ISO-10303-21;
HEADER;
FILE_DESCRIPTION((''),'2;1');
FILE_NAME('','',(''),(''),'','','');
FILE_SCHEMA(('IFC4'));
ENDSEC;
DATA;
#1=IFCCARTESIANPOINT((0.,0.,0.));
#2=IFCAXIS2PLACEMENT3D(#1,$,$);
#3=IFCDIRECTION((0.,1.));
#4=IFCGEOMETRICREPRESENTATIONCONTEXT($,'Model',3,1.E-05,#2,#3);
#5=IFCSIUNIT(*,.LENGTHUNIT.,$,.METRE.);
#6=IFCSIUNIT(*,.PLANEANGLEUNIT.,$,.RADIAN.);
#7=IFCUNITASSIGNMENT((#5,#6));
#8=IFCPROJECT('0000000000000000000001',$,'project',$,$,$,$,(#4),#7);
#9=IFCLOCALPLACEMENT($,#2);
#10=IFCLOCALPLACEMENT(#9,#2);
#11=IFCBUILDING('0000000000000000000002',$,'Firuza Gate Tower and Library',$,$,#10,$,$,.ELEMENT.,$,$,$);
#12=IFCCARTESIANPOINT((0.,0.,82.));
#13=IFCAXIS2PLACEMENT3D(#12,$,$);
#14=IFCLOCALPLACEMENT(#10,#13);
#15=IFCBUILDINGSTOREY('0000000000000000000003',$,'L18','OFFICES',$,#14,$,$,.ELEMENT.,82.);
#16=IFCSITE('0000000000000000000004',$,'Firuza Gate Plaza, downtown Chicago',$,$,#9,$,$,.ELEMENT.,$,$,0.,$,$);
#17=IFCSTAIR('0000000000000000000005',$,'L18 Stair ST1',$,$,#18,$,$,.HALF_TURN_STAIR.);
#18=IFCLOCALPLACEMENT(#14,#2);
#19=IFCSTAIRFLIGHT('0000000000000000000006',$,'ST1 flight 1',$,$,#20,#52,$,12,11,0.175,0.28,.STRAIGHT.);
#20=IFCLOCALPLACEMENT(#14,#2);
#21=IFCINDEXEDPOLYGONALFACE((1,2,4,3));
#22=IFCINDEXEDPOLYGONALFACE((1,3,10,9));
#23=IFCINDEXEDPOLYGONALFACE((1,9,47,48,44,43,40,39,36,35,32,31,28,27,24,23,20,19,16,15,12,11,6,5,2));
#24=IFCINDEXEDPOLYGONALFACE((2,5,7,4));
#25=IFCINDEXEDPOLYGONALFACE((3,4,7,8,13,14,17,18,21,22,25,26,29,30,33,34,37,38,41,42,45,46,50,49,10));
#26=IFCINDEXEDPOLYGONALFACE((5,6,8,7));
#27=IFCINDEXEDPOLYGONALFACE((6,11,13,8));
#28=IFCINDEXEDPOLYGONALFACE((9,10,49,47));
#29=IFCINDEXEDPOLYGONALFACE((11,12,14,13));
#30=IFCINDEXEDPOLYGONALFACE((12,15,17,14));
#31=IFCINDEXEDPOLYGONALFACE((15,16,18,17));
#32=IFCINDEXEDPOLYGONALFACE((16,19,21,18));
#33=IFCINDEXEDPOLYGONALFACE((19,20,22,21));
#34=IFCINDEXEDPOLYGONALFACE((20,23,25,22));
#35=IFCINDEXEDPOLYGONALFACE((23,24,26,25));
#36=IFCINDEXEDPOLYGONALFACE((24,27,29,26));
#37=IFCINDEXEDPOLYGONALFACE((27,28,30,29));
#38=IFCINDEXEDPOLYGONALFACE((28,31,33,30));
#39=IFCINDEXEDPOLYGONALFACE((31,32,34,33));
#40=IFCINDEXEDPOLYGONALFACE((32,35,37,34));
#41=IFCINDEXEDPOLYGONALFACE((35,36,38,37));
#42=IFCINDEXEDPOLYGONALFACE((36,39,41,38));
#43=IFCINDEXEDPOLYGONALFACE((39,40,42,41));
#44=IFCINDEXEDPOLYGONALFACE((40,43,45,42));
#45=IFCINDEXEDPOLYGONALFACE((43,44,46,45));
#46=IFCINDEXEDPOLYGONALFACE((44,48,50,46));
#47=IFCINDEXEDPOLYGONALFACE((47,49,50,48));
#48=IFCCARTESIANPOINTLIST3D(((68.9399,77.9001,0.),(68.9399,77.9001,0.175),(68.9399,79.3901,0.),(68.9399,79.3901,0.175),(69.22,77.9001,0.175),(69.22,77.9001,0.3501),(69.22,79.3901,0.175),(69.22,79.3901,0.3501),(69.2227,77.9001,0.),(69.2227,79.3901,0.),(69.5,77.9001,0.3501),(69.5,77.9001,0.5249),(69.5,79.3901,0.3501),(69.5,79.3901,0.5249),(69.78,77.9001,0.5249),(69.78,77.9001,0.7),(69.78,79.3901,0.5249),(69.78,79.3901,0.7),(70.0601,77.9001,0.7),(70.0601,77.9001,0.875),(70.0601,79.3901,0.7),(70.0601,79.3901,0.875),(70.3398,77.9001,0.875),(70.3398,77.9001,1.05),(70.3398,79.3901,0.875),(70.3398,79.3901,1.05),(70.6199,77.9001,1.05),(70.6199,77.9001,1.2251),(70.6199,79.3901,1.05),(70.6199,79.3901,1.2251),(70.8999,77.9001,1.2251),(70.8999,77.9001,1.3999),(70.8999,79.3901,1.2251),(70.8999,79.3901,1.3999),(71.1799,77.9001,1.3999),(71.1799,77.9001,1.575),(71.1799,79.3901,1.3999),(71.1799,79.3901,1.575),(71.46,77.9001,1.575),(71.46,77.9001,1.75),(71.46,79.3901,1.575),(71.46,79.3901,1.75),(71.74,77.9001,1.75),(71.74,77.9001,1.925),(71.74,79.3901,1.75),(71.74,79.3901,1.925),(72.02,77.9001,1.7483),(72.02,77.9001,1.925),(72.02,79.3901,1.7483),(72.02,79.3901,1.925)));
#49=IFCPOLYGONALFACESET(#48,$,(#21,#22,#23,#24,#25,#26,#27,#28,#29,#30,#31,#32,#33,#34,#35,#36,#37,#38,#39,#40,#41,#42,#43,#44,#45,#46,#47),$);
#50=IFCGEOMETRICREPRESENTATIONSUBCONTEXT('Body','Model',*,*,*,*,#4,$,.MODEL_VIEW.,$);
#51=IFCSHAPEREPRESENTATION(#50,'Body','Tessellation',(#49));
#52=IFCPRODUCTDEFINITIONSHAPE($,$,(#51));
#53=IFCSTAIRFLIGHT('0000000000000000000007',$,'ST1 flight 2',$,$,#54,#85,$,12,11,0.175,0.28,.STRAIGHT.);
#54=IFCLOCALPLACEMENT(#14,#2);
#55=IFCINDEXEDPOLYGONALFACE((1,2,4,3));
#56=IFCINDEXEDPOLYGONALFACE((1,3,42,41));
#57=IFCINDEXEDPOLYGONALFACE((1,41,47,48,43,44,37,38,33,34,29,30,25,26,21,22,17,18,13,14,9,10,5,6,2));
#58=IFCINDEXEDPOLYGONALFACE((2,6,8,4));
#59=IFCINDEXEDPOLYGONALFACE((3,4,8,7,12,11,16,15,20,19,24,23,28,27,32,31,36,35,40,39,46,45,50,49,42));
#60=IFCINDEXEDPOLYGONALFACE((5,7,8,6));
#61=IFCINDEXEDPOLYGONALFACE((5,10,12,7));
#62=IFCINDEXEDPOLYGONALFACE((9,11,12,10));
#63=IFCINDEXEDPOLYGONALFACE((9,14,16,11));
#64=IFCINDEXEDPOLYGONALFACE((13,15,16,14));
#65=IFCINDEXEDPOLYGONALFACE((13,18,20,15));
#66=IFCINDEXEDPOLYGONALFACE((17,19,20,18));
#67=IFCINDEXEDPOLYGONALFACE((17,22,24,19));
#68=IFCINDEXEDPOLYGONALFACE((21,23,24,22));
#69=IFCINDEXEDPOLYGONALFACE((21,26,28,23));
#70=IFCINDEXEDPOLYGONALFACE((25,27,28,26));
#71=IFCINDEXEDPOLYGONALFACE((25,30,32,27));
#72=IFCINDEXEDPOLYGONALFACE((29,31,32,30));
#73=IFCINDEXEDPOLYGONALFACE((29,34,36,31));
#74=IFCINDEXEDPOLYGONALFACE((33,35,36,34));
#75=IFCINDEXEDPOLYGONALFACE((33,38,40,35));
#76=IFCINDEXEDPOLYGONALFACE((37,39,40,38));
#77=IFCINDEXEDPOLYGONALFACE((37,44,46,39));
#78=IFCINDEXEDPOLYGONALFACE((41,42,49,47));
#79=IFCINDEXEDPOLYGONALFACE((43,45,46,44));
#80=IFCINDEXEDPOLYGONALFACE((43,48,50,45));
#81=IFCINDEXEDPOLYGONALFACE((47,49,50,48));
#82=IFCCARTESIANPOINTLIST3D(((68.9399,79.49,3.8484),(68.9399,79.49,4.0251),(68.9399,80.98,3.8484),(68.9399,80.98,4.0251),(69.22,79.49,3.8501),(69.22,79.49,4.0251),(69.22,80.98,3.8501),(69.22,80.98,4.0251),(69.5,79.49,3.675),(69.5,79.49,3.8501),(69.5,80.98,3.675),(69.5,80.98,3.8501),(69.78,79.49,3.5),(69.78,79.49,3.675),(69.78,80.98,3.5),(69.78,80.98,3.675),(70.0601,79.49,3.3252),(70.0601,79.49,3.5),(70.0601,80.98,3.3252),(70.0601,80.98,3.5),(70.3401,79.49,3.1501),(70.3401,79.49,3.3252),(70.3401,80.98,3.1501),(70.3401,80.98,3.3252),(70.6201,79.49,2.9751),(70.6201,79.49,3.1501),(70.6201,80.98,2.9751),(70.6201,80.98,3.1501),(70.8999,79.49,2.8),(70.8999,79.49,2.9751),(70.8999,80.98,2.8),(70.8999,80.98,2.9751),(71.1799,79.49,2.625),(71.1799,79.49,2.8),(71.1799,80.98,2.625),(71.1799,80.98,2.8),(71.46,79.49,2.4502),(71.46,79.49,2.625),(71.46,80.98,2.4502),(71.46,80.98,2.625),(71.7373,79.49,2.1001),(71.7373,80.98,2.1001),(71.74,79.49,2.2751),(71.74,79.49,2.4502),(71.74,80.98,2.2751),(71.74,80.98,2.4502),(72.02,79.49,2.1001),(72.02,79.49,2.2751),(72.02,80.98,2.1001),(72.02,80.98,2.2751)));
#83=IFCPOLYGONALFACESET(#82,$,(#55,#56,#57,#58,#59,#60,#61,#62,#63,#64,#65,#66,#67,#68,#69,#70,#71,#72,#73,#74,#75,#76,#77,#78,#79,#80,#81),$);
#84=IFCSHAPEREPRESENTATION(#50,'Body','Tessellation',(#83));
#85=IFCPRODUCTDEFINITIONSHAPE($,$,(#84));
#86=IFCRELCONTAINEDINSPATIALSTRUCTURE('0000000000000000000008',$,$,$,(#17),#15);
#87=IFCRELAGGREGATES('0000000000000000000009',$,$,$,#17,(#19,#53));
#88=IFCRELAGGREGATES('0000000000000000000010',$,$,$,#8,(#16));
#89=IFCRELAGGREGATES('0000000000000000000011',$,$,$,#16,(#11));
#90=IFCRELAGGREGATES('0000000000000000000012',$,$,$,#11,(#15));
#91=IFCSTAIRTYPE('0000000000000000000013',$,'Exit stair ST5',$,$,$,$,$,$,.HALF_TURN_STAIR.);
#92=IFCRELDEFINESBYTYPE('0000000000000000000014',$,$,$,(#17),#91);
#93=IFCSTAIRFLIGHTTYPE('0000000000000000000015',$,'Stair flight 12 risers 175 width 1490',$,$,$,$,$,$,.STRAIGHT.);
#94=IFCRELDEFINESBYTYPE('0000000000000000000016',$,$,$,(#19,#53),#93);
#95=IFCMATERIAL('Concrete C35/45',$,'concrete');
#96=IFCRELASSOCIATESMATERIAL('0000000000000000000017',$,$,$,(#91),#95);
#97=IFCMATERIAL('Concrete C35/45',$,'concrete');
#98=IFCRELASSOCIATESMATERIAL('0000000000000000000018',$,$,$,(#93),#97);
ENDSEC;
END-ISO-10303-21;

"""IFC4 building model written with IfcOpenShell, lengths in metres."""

from ifc_helpers import new_model, si_unit, direction, frame, origin, place, context, subcontext, project, spatial, polyline, outline, extrude, material, type_object, element, aggregate, save


model = new_model("IFC4")

# Units and contexts
model_context = context("Model", 3, precision=1e-05, world=origin(), true_north=direction((0.0, 1.0)))
body_context = subcontext(model_context, "Body", "Model", "MODEL_VIEW")
ifc_project = project(units=[si_unit("LENGTHUNIT", "METRE"), si_unit("PLANEANGLEUNIT", "RADIAN")], contexts=[model_context])

# Site, building, storey
site_placement = place(None, origin())
site = spatial("IfcSite", under=ifc_project, at=site_placement, Name="Firuza Gate Plaza, downtown Chicago", CompositionType="ELEMENT", RefElevation=0.0)
building_placement = place(site_placement, origin())
building = spatial("IfcBuilding", under=site, at=building_placement, Name="Firuza Gate Tower and Library", CompositionType="ELEMENT")
storey_placement = place(building_placement, frame((0.0, 0.0, 82.0)))
storey = spatial("IfcBuildingStorey", under=building, at=storey_placement, Name="L18", Description="OFFICES", CompositionType="ELEMENT", Elevation=82.0)

# Stair, stair flights
ifc_material_1 = material(Name="Concrete C35/45", Category="concrete")
stair_type = type_object("IfcStairType", Name="Exit stair ST5", PredefinedType="HALF_TURN_STAIR", material=ifc_material_1)
stair_placement = place(storey_placement, origin())
stair = element("IfcStair", 1, at=stair_placement, inside=storey, type_object=stair_type, Name="L18 Stair ST1", PredefinedType="HALF_TURN_STAIR")
ifc_material_2 = material(Name="Concrete C35/45", Category="concrete")
stair_flight_type = type_object("IfcStairFlightType", Name="Stair flight 12 risers 175 width 1490", PredefinedType="STRAIGHT", material=ifc_material_2)
stair_flight_1_placement = place(storey_placement, frame((68.9399, 78.645, 0.0), z_axis=(0.0, 0.0, 1.0), x_axis=(1.0, 0.0, 0.0)))
stair_flight_1 = element("IfcStairFlight", 2, at=stair_flight_1_placement, type_object=stair_flight_type, Name="ST1 flight 1", NumberOfRisers=12, NumberOfTreads=11, PredefinedType="STRAIGHT", RiserHeight=0.175, TreadLength=0.28, context=body_context, shape_type="SweptSolid", body=[
    extrude(outline(polyline([(0.0, 0.0), (0.0, 0.175), (0.28, 0.175), (0.28, 0.3501), (0.5601, 0.3501), (0.5601, 0.5249), (0.8401, 0.5249), (0.8401, 0.7), (1.1201, 0.7), (1.1201, 0.875), (1.3999, 0.875), (1.3999, 1.05), (1.6799, 1.05), (1.6799, 1.2251), (1.96, 1.2251), (1.96, 1.3999), (2.24, 1.3999), (2.24, 1.575), (2.52, 1.575), (2.52, 1.75), (2.8, 1.75), (2.8, 1.925), (3.0801, 1.925), (3.0801, 2.1001), (3.0801, 1.7483), (0.2827, 0.0), (0.0, 0.0)])), frame((0.0, 0.7451, 0.0), z_axis=(0.0, -1.0, 0.0), x_axis=(1.0, 0.0, 0.0)), (0.0, 0.0, 1.0), 1.49),
])
stair_flight_2_placement = place(storey_placement, frame((72.02, 80.2351, 2.1001), z_axis=(0.0, 0.0, 1.0), x_axis=(-1.0, 0.0, 0.0)))
stair_flight_2 = element("IfcStairFlight", 3, at=stair_flight_2_placement, type_object=stair_flight_type, Name="ST1 flight 2", NumberOfRisers=12, NumberOfTreads=11, PredefinedType="STRAIGHT", RiserHeight=0.175, TreadLength=0.28, context=body_context, shape_type="SweptSolid", body=[
    extrude(outline(polyline([(0.0, 0.0), (0.0, 0.175), (0.28, 0.175), (0.28, 0.3501), (0.5601, 0.3501), (0.5601, 0.5249), (0.8401, 0.5249), (0.8401, 0.7), (1.1201, 0.7), (1.1201, 0.875), (1.3999, 0.875), (1.3999, 1.05), (1.6799, 1.05), (1.6799, 1.2251), (1.96, 1.2251), (1.96, 1.3999), (2.24, 1.3999), (2.24, 1.575), (2.52, 1.575), (2.52, 1.75), (2.8, 1.75), (2.8, 1.925), (3.0801, 1.925), (3.0801, 2.1001), (3.0801, 1.7483), (0.2827, 0.0), (0.0, 0.0)])), frame((0.0, 0.7451, 0.0), z_axis=(0.0, -1.0, 0.0), x_axis=(1.0, 0.0, 0.0)), (0.0, 0.0, 1.0), 1.49),
])
aggregate(stair, [stair_flight_1, stair_flight_2])

save(model, "model.ifc")
